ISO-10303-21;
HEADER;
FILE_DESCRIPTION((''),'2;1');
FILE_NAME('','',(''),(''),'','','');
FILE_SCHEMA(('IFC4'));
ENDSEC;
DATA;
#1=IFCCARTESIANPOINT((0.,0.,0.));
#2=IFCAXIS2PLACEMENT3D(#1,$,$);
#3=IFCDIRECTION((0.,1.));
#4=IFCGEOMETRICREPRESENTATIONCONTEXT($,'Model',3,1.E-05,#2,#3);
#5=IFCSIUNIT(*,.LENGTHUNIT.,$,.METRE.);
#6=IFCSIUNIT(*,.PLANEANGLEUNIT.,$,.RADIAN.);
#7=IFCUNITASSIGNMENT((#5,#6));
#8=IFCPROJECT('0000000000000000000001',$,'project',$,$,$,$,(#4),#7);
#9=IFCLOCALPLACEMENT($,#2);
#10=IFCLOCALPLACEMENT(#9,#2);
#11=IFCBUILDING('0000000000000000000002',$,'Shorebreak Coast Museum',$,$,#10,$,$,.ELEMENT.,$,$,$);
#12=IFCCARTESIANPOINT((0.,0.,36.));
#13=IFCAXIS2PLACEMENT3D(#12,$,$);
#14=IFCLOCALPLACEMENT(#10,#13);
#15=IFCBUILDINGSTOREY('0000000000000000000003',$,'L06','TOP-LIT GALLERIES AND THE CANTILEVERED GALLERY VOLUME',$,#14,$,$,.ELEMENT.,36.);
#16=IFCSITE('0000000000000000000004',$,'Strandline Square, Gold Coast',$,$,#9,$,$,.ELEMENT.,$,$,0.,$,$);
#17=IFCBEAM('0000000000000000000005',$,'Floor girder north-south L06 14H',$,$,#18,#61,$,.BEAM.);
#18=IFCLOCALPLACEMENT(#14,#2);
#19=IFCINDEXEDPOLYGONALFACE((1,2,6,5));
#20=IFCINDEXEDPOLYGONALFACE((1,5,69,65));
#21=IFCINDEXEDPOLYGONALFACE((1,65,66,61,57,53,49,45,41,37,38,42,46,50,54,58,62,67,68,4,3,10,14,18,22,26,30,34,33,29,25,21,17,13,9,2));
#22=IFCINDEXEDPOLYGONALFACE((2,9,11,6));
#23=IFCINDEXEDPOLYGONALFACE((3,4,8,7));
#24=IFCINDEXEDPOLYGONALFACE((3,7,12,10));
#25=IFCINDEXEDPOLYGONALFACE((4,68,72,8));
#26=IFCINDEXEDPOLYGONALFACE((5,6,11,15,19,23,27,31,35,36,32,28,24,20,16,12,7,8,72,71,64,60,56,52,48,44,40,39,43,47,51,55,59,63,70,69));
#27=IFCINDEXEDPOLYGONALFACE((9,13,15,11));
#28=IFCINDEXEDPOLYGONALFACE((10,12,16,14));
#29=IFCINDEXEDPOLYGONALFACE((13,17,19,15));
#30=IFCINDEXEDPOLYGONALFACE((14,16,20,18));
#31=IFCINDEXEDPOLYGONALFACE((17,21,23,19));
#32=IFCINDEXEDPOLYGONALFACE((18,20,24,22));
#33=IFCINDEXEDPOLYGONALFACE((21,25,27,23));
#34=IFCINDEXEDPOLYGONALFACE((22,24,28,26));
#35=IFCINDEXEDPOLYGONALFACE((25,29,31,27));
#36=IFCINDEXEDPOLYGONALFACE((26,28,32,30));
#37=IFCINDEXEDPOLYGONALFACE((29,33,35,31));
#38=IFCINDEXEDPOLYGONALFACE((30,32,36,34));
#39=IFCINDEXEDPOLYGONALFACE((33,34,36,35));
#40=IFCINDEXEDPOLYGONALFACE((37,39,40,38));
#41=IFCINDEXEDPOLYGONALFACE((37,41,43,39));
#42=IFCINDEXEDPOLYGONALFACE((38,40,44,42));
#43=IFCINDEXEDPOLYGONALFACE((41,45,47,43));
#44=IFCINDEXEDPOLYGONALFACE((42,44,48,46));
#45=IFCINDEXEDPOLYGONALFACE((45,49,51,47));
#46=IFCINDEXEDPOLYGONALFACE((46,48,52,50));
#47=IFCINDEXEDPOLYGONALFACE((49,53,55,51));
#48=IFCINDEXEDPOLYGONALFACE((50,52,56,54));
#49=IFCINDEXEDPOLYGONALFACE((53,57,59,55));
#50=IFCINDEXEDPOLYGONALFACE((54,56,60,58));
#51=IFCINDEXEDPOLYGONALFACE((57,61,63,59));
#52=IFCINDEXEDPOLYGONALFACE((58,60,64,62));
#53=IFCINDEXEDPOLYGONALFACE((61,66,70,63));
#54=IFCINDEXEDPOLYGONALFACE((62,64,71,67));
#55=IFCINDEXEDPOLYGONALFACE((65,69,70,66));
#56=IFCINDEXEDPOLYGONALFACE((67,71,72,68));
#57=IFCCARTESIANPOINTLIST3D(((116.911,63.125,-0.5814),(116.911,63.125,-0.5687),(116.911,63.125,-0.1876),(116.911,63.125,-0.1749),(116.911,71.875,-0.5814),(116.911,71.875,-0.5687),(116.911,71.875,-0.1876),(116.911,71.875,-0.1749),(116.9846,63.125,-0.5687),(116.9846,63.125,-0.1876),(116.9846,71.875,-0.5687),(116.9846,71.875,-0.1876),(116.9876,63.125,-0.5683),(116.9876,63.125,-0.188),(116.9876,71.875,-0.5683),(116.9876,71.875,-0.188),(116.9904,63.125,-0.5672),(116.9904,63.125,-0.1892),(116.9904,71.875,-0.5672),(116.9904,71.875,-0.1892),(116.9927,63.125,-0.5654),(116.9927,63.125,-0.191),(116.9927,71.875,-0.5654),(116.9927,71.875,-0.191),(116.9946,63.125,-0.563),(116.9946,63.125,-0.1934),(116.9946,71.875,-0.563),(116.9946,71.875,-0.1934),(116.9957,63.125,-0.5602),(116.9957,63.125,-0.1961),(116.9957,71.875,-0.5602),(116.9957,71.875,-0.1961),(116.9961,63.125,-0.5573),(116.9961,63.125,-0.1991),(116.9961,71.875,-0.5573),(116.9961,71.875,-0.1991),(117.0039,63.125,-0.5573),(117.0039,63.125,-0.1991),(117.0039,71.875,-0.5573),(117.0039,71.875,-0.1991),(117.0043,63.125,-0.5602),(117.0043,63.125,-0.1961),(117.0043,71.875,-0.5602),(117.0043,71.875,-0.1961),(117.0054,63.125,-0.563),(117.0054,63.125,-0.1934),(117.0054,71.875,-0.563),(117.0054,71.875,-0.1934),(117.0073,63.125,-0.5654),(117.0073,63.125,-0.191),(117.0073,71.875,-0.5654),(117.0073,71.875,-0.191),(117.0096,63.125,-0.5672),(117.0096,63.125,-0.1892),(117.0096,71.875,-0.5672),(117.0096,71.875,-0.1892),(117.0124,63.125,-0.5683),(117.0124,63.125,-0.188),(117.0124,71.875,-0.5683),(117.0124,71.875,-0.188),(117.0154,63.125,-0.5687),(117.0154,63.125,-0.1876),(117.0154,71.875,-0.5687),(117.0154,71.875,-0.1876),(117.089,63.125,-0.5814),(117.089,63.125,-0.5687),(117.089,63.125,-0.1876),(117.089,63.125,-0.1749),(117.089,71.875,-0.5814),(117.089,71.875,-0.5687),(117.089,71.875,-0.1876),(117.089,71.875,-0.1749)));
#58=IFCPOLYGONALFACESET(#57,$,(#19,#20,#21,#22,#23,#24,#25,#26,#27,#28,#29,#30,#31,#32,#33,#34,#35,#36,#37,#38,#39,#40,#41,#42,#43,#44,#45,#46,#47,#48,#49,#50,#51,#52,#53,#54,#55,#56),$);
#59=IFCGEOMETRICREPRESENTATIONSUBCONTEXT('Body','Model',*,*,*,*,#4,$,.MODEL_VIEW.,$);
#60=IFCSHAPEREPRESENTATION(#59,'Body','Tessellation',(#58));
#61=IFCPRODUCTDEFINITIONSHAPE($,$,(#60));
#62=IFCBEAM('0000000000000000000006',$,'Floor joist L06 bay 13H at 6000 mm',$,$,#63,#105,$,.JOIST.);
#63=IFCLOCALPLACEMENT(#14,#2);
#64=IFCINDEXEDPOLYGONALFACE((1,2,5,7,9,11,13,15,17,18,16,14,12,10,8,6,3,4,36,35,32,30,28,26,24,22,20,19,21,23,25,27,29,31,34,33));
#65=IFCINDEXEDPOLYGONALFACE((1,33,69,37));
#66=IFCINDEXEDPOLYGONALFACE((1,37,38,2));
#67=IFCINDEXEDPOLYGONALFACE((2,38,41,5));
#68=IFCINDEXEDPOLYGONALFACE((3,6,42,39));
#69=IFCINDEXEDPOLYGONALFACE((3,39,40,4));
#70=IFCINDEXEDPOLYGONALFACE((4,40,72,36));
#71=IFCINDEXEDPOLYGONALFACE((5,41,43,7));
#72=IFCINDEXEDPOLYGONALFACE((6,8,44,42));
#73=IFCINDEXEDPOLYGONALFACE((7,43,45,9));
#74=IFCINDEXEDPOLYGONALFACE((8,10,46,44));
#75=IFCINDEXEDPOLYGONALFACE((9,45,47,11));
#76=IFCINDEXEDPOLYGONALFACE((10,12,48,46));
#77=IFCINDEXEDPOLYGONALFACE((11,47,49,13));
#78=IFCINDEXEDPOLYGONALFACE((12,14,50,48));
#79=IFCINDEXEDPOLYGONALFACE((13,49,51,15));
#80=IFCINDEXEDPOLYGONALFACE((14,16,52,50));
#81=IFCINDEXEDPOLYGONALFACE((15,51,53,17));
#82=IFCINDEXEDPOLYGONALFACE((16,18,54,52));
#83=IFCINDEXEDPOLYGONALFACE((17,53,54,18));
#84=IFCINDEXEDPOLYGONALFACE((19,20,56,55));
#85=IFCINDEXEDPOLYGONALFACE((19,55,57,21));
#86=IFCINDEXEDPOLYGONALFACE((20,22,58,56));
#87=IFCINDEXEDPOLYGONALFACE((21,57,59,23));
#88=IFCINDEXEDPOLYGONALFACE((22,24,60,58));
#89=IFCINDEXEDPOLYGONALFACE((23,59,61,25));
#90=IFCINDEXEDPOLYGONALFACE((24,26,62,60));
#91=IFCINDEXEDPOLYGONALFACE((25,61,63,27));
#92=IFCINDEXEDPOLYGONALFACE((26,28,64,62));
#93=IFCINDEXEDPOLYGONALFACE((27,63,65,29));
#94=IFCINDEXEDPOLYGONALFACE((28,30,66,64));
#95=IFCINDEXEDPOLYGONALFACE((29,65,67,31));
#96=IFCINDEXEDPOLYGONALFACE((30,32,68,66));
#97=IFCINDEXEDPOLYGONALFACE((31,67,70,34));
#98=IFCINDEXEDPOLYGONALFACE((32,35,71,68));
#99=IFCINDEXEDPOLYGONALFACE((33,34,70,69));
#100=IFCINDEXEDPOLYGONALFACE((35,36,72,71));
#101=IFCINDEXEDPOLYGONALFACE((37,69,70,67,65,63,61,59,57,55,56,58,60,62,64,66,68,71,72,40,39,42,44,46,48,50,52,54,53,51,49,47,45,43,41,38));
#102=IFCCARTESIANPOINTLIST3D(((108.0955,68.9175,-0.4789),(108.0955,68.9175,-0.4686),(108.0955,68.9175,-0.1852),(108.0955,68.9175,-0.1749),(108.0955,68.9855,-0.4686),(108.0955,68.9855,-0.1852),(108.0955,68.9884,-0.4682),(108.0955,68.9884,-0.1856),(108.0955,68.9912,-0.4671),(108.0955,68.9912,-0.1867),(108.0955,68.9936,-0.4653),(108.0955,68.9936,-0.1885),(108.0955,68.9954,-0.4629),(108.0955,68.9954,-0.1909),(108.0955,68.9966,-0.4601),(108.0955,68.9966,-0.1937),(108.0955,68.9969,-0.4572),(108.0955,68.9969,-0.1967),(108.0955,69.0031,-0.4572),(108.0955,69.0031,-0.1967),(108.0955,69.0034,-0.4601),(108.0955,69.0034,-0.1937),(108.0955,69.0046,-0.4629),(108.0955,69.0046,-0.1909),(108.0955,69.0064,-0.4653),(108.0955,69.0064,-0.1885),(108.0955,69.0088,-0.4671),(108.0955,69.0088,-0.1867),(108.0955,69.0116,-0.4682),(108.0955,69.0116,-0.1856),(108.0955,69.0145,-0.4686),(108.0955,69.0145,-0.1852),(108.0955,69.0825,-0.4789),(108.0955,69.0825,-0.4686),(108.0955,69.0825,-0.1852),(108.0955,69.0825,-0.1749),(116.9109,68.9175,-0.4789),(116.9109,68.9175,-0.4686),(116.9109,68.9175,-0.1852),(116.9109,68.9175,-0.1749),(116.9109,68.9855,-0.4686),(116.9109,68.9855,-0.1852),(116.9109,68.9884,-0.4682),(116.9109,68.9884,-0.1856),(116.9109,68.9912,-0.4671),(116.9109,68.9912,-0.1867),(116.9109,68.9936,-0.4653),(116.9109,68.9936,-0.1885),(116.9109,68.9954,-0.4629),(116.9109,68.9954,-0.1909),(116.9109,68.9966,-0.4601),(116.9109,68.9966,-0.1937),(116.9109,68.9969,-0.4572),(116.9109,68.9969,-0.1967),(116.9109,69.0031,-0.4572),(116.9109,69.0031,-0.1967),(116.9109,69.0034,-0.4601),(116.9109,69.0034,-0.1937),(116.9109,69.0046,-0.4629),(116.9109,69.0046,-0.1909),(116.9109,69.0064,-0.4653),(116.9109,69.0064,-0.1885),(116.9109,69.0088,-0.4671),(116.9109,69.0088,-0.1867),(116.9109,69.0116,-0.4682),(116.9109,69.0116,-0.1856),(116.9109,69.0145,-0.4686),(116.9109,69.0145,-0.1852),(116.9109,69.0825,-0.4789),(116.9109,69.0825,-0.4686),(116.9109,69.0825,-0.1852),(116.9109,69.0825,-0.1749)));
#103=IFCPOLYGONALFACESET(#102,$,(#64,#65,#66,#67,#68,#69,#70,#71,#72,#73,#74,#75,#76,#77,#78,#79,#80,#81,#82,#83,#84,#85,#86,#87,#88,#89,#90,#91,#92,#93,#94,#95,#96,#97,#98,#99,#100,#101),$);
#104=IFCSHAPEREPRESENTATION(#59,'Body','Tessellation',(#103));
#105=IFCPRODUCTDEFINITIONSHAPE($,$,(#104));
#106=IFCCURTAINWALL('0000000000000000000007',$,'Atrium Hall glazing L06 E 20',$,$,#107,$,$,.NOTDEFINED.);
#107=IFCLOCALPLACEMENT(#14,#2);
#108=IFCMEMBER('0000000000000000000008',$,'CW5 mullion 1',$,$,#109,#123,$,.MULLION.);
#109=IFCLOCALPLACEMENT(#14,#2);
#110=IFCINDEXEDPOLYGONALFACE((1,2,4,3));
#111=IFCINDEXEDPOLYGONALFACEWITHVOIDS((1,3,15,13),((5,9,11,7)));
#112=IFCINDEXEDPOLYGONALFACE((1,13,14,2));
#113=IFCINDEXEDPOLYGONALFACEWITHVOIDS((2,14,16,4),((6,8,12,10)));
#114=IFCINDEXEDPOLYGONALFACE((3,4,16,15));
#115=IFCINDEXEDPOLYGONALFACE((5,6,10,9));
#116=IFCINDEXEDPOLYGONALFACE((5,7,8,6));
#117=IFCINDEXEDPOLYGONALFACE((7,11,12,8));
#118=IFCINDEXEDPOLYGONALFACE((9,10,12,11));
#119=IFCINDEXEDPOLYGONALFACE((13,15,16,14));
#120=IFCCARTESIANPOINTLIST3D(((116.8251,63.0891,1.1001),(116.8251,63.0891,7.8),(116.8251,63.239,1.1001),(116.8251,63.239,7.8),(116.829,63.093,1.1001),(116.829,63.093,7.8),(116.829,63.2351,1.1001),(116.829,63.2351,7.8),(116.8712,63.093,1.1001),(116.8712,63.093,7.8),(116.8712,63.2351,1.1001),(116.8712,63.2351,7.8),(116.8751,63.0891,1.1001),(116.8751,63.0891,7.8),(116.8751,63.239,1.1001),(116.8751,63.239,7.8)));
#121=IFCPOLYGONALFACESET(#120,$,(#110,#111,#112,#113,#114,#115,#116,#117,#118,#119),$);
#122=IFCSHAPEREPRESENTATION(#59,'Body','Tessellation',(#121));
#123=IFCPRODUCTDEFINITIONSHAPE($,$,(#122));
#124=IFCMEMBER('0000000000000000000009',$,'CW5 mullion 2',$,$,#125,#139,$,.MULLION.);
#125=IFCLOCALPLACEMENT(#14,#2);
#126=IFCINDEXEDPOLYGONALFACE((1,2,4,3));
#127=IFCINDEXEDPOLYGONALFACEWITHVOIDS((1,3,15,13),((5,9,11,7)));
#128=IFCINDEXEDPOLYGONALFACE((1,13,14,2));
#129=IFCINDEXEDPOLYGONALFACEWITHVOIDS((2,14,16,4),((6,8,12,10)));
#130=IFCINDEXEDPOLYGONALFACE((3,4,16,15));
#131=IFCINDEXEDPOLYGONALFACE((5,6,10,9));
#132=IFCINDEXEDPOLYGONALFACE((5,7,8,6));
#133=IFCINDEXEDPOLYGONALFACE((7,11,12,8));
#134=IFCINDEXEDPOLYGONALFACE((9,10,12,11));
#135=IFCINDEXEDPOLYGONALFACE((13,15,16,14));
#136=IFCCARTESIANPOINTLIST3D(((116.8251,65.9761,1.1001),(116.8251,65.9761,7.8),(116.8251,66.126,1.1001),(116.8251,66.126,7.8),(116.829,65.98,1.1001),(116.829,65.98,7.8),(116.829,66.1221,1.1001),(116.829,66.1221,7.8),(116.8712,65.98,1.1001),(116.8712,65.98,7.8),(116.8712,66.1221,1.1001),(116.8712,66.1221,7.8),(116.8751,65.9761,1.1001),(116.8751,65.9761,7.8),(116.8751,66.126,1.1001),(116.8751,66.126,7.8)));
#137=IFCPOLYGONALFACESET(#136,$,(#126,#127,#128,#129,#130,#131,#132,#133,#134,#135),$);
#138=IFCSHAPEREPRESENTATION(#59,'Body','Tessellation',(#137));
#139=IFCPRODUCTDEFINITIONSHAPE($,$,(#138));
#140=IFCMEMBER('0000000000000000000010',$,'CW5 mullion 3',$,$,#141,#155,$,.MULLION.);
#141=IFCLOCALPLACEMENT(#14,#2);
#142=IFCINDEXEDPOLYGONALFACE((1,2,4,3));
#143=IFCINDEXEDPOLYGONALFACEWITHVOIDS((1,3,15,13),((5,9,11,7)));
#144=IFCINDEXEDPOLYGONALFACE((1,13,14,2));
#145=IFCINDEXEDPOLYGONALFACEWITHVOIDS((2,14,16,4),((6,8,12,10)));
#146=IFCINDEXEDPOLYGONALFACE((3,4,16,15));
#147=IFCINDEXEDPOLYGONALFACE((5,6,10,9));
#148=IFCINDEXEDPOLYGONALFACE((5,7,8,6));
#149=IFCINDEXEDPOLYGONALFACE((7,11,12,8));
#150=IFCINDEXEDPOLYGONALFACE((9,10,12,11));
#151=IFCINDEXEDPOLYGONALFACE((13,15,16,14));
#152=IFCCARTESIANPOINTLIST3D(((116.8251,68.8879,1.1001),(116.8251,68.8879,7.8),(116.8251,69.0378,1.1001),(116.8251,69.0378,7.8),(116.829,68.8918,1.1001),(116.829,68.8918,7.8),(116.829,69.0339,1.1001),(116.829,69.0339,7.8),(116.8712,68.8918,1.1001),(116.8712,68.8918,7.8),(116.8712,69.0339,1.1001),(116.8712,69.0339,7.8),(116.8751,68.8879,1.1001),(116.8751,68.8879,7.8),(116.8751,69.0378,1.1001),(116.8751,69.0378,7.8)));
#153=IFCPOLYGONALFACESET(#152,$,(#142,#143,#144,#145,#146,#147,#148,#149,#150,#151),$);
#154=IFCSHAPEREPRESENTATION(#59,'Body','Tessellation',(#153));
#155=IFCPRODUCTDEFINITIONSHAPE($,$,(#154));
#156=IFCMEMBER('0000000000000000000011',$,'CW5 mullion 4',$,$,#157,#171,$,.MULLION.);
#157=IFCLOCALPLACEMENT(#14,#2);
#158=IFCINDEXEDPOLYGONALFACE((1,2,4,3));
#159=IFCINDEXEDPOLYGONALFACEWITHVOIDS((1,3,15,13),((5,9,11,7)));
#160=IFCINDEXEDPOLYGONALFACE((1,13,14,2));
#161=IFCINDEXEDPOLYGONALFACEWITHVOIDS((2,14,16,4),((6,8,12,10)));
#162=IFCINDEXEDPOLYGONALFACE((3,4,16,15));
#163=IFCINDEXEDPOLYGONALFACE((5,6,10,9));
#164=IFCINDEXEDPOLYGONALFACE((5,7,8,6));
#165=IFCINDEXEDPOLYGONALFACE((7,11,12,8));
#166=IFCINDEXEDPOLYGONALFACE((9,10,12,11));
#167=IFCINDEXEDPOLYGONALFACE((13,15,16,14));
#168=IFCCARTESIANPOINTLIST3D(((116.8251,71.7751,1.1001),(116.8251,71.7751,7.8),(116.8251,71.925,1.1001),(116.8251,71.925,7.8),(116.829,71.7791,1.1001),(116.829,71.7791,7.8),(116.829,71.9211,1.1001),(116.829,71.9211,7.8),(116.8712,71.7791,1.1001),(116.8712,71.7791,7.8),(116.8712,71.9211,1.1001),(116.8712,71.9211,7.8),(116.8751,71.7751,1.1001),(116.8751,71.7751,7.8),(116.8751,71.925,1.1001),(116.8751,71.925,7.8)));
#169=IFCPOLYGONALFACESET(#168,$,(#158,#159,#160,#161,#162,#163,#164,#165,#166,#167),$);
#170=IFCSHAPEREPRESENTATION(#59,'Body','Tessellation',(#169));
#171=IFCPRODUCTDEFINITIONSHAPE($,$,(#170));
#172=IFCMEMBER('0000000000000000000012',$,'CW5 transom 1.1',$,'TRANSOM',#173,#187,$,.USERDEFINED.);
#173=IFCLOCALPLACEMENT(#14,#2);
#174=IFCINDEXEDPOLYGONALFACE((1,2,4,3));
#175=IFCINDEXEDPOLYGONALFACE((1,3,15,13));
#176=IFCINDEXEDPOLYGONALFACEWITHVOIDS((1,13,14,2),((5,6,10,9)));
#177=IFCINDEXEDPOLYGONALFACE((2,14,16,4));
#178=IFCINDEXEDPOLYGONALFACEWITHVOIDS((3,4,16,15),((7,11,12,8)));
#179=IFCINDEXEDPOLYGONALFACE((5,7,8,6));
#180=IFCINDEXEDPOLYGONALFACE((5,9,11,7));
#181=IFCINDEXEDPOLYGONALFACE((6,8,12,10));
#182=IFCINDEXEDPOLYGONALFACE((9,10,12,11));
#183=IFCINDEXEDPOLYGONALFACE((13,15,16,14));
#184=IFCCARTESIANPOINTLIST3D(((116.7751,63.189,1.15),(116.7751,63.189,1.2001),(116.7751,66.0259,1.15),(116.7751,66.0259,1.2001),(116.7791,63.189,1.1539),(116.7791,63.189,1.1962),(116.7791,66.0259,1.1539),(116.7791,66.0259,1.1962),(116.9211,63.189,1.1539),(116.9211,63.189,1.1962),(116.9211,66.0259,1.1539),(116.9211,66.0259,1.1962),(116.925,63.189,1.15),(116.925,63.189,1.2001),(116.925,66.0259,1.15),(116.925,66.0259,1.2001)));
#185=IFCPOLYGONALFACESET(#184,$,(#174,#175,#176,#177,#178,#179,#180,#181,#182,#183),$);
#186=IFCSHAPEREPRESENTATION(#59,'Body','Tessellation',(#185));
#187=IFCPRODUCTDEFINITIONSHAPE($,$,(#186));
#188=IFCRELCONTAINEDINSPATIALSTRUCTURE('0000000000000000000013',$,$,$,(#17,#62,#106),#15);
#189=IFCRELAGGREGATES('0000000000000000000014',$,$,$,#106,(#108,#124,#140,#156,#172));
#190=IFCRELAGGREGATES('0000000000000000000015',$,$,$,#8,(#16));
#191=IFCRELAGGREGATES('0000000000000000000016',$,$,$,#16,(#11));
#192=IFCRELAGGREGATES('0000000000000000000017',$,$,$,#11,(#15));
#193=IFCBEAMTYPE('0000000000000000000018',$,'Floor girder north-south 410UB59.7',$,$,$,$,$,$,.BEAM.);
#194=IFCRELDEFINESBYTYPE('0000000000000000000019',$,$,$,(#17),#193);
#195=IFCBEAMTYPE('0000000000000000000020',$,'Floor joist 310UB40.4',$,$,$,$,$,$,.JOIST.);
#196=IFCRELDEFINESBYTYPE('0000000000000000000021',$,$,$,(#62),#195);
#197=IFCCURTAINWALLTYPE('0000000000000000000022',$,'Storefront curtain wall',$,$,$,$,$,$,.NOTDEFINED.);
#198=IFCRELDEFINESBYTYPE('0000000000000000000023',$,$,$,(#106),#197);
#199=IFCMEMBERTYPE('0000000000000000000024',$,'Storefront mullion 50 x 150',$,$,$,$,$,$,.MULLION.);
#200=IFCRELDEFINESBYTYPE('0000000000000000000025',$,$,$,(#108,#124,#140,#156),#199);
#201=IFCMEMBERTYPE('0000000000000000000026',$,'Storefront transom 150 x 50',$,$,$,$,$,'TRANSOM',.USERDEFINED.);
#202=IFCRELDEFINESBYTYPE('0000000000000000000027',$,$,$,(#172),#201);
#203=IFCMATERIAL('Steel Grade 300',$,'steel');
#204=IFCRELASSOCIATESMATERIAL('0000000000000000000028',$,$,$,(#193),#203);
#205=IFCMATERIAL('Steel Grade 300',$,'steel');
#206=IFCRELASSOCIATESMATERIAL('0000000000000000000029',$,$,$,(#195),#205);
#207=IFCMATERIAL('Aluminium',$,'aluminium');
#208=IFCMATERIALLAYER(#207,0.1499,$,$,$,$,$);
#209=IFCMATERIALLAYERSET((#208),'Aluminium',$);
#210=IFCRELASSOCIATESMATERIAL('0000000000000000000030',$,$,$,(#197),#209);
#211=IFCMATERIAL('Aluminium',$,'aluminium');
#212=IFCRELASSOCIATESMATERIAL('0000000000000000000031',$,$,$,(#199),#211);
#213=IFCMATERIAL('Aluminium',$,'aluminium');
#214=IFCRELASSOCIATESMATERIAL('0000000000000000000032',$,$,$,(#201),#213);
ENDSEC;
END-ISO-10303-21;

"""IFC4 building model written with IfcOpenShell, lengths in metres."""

from ifc_helpers import new_model, si_unit, direction, frame, origin, origin_2d, place, context, subcontext, project, spatial, hollow_rectangle, i_section, extrude, material, layer, layer_set, material_profile, profile_set, type_object, element, aggregate, save


model = new_model("IFC4")

# Units and contexts
model_context = context("Model", 3, precision=1e-05, world=origin(), true_north=direction((0.0, 1.0)))
body_context = subcontext(model_context, "Body", "Model", "MODEL_VIEW")
ifc_project = project(units=[si_unit("LENGTHUNIT", "METRE"), si_unit("PLANEANGLEUNIT", "RADIAN")], contexts=[model_context])

# Site, building, storey
site_placement = place(None, origin())
site = spatial("IfcSite", under=ifc_project, at=site_placement, Name="Strandline Square, Gold Coast", CompositionType="ELEMENT", RefElevation=0.0)
building_placement = place(site_placement, origin())
building = spatial("IfcBuilding", under=site, at=building_placement, Name="Shorebreak Coast Museum", CompositionType="ELEMENT")
storey_placement = place(building_placement, frame((0.0, 0.0, 36.0)))
storey = spatial("IfcBuildingStorey", under=building, at=storey_placement, Name="L06", Description="TOP-LIT GALLERIES AND THE CANTILEVERED GALLERY VOLUME", CompositionType="ELEMENT", Elevation=36.0)

# Beams
ifc_material_1 = material(Name="Steel Grade 300", Category="steel")
ifc_material_profile_1 = material_profile(ifc_material_1, i_section(OverallWidth=0.178, OverallDepth=0.4065, WebThickness=0.0078, FlangeThickness=0.0127, FilletRadius=0.0115, at=origin_2d()), Name="410UB59.7")
ifc_profile_set_1 = profile_set([ifc_material_profile_1], Name="Steel Grade 300")
beam_type_1 = type_object("IfcBeamType", Name="Floor girder north-south 410UB59.7", PredefinedType="BEAM", material=ifc_profile_set_1)
beam_1_placement = place(storey_placement, frame((117.0, 63.125, -0.3782), z_axis=(0.0, 1.0, 0.0), x_axis=(-1.0, 0.0, 0.0)))
element("IfcBeam", 1, at=beam_1_placement, inside=storey, type_object=beam_type_1, Name="Floor girder north-south L06 14H", PredefinedType="BEAM", context=body_context, shape_type="SweptSolid", body=[
    extrude(i_section(OverallWidth=0.178, OverallDepth=0.4065, WebThickness=0.0078, FlangeThickness=0.0127, FilletRadius=0.0115, at=origin_2d()), origin(), (0.0, 0.0, 1.0), 8.75),
])
ifc_material_2 = material(Name="Steel Grade 300", Category="steel")
ifc_material_profile_2 = material_profile(ifc_material_2, i_section(OverallWidth=0.165, OverallDepth=0.304, WebThickness=0.0061, FlangeThickness=0.0103, FilletRadius=0.0115, at=origin_2d()), Name="310UB40.4")
ifc_profile_set_2 = profile_set([ifc_material_profile_2], Name="Steel Grade 300")
beam_type_2 = type_object("IfcBeamType", Name="Floor joist 310UB40.4", PredefinedType="JOIST", material=ifc_profile_set_2)
beam_2_placement = place(storey_placement, frame((108.0955, 69.0, -0.3269), z_axis=(1.0, 0.0, 0.0), x_axis=(0.0, 1.0, 0.0)))
element("IfcBeam", 2, at=beam_2_placement, inside=storey, type_object=beam_type_2, Name="Floor joist L06 bay 13H at 6000 mm", PredefinedType="JOIST", context=body_context, shape_type="SweptSolid", body=[
    extrude(i_section(OverallWidth=0.165, OverallDepth=0.304, WebThickness=0.0061, FlangeThickness=0.0103, FilletRadius=0.0115, at=origin_2d()), origin(), (0.0, 0.0, 1.0), 8.8154),
])

# Curtain wall, members
ifc_material_3 = material(Name="Aluminium", Category="aluminium")
ifc_layer_1 = layer(ifc_material_3, 0.1499)
ifc_layer_set_1 = layer_set([ifc_layer_1], Name="Aluminium")
curtain_wall_type = type_object("IfcCurtainWallType", Name="Storefront curtain wall", PredefinedType="NOTDEFINED", material=ifc_layer_set_1)
curtain_wall_placement = place(storey_placement, origin())
curtain_wall = element("IfcCurtainWall", 3, at=curtain_wall_placement, inside=storey, type_object=curtain_wall_type, Name="Atrium Hall glazing L06 E 20", PredefinedType="NOTDEFINED")
ifc_material_4 = material(Name="Aluminium", Category="aluminium")
ifc_material_profile_3 = material_profile(ifc_material_4, hollow_rectangle(XDim=0.05, YDim=0.1499, WallThickness=0.0039, at=origin_2d()), Name="AL 150x50 RHS")
ifc_profile_set_3 = profile_set([ifc_material_profile_3], Name="Aluminium")
member_type_1 = type_object("IfcMemberType", Name="Storefront mullion 50 x 150", PredefinedType="MULLION", material=ifc_profile_set_3)
member_1_placement = place(storey_placement, frame((116.8501, 63.1641, 1.1001), z_axis=(0.0, 0.0, 1.0), x_axis=(-1.0, 0.0, 0.0)))
member_1 = element("IfcMember", 4, at=member_1_placement, type_object=member_type_1, Name="CW5 mullion 1", PredefinedType="MULLION", context=body_context, shape_type="SweptSolid", body=[
    extrude(hollow_rectangle(XDim=0.05, YDim=0.1499, WallThickness=0.0039, at=origin_2d()), origin(), (0.0, 0.0, 1.0), 6.7),
])
member_2_placement = place(storey_placement, frame((116.8501, 66.051, 1.1001), z_axis=(0.0, 0.0, 1.0), x_axis=(-1.0, 0.0, 0.0)))
member_2 = element("IfcMember", 5, at=member_2_placement, type_object=member_type_1, Name="CW5 mullion 2", PredefinedType="MULLION", context=body_context, shape_type="SweptSolid", body=[
    extrude(hollow_rectangle(XDim=0.05, YDim=0.1499, WallThickness=0.0039, at=origin_2d()), origin(), (0.0, 0.0, 1.0), 6.7),
])
member_3_placement = place(storey_placement, frame((116.8501, 68.9629, 1.1001), z_axis=(0.0, 0.0, 1.0), x_axis=(-1.0, 0.0, 0.0)))
member_3 = element("IfcMember", 6, at=member_3_placement, type_object=member_type_1, Name="CW5 mullion 3", PredefinedType="MULLION", context=body_context, shape_type="SweptSolid", body=[
    extrude(hollow_rectangle(XDim=0.05, YDim=0.1499, WallThickness=0.0039, at=origin_2d()), origin(), (0.0, 0.0, 1.0), 6.7),
])
member_4_placement = place(storey_placement, frame((116.8501, 71.8501, 1.1001), z_axis=(0.0, 0.0, 1.0), x_axis=(-1.0, 0.0, 0.0)))
member_4 = element("IfcMember", 7, at=member_4_placement, type_object=member_type_1, Name="CW5 mullion 4", PredefinedType="MULLION", context=body_context, shape_type="SweptSolid", body=[
    extrude(hollow_rectangle(XDim=0.05, YDim=0.1499, WallThickness=0.0039, at=origin_2d()), origin(), (0.0, 0.0, 1.0), 6.7),
])
ifc_material_5 = material(Name="Aluminium", Category="aluminium")
ifc_material_profile_4 = material_profile(ifc_material_5, hollow_rectangle(XDim=0.1499, YDim=0.05, WallThickness=0.0039, at=origin_2d()), Name="AL 50x150 RHS")
ifc_profile_set_4 = profile_set([ifc_material_profile_4], Name="Aluminium")
member_type_2 = type_object("IfcMemberType", Name="Storefront transom 150 x 50", ElementType="TRANSOM", PredefinedType="USERDEFINED", material=ifc_profile_set_4)
member_5_placement = place(storey_placement, frame((116.8501, 63.189, 1.175), z_axis=(0.0, 1.0, 0.0), x_axis=(-1.0, 0.0, 0.0)))
member_5 = element("IfcMember", 8, at=member_5_placement, type_object=member_type_2, Name="CW5 transom 1.1", ObjectType="TRANSOM", PredefinedType="USERDEFINED", context=body_context, shape_type="SweptSolid", body=[
    extrude(hollow_rectangle(XDim=0.1499, YDim=0.05, WallThickness=0.0039, at=origin_2d()), origin(), (0.0, 0.0, 1.0), 2.8369),
])
aggregate(curtain_wall, [member_1, member_2, member_3, member_4, member_5])

save(model, "model.ifc")
